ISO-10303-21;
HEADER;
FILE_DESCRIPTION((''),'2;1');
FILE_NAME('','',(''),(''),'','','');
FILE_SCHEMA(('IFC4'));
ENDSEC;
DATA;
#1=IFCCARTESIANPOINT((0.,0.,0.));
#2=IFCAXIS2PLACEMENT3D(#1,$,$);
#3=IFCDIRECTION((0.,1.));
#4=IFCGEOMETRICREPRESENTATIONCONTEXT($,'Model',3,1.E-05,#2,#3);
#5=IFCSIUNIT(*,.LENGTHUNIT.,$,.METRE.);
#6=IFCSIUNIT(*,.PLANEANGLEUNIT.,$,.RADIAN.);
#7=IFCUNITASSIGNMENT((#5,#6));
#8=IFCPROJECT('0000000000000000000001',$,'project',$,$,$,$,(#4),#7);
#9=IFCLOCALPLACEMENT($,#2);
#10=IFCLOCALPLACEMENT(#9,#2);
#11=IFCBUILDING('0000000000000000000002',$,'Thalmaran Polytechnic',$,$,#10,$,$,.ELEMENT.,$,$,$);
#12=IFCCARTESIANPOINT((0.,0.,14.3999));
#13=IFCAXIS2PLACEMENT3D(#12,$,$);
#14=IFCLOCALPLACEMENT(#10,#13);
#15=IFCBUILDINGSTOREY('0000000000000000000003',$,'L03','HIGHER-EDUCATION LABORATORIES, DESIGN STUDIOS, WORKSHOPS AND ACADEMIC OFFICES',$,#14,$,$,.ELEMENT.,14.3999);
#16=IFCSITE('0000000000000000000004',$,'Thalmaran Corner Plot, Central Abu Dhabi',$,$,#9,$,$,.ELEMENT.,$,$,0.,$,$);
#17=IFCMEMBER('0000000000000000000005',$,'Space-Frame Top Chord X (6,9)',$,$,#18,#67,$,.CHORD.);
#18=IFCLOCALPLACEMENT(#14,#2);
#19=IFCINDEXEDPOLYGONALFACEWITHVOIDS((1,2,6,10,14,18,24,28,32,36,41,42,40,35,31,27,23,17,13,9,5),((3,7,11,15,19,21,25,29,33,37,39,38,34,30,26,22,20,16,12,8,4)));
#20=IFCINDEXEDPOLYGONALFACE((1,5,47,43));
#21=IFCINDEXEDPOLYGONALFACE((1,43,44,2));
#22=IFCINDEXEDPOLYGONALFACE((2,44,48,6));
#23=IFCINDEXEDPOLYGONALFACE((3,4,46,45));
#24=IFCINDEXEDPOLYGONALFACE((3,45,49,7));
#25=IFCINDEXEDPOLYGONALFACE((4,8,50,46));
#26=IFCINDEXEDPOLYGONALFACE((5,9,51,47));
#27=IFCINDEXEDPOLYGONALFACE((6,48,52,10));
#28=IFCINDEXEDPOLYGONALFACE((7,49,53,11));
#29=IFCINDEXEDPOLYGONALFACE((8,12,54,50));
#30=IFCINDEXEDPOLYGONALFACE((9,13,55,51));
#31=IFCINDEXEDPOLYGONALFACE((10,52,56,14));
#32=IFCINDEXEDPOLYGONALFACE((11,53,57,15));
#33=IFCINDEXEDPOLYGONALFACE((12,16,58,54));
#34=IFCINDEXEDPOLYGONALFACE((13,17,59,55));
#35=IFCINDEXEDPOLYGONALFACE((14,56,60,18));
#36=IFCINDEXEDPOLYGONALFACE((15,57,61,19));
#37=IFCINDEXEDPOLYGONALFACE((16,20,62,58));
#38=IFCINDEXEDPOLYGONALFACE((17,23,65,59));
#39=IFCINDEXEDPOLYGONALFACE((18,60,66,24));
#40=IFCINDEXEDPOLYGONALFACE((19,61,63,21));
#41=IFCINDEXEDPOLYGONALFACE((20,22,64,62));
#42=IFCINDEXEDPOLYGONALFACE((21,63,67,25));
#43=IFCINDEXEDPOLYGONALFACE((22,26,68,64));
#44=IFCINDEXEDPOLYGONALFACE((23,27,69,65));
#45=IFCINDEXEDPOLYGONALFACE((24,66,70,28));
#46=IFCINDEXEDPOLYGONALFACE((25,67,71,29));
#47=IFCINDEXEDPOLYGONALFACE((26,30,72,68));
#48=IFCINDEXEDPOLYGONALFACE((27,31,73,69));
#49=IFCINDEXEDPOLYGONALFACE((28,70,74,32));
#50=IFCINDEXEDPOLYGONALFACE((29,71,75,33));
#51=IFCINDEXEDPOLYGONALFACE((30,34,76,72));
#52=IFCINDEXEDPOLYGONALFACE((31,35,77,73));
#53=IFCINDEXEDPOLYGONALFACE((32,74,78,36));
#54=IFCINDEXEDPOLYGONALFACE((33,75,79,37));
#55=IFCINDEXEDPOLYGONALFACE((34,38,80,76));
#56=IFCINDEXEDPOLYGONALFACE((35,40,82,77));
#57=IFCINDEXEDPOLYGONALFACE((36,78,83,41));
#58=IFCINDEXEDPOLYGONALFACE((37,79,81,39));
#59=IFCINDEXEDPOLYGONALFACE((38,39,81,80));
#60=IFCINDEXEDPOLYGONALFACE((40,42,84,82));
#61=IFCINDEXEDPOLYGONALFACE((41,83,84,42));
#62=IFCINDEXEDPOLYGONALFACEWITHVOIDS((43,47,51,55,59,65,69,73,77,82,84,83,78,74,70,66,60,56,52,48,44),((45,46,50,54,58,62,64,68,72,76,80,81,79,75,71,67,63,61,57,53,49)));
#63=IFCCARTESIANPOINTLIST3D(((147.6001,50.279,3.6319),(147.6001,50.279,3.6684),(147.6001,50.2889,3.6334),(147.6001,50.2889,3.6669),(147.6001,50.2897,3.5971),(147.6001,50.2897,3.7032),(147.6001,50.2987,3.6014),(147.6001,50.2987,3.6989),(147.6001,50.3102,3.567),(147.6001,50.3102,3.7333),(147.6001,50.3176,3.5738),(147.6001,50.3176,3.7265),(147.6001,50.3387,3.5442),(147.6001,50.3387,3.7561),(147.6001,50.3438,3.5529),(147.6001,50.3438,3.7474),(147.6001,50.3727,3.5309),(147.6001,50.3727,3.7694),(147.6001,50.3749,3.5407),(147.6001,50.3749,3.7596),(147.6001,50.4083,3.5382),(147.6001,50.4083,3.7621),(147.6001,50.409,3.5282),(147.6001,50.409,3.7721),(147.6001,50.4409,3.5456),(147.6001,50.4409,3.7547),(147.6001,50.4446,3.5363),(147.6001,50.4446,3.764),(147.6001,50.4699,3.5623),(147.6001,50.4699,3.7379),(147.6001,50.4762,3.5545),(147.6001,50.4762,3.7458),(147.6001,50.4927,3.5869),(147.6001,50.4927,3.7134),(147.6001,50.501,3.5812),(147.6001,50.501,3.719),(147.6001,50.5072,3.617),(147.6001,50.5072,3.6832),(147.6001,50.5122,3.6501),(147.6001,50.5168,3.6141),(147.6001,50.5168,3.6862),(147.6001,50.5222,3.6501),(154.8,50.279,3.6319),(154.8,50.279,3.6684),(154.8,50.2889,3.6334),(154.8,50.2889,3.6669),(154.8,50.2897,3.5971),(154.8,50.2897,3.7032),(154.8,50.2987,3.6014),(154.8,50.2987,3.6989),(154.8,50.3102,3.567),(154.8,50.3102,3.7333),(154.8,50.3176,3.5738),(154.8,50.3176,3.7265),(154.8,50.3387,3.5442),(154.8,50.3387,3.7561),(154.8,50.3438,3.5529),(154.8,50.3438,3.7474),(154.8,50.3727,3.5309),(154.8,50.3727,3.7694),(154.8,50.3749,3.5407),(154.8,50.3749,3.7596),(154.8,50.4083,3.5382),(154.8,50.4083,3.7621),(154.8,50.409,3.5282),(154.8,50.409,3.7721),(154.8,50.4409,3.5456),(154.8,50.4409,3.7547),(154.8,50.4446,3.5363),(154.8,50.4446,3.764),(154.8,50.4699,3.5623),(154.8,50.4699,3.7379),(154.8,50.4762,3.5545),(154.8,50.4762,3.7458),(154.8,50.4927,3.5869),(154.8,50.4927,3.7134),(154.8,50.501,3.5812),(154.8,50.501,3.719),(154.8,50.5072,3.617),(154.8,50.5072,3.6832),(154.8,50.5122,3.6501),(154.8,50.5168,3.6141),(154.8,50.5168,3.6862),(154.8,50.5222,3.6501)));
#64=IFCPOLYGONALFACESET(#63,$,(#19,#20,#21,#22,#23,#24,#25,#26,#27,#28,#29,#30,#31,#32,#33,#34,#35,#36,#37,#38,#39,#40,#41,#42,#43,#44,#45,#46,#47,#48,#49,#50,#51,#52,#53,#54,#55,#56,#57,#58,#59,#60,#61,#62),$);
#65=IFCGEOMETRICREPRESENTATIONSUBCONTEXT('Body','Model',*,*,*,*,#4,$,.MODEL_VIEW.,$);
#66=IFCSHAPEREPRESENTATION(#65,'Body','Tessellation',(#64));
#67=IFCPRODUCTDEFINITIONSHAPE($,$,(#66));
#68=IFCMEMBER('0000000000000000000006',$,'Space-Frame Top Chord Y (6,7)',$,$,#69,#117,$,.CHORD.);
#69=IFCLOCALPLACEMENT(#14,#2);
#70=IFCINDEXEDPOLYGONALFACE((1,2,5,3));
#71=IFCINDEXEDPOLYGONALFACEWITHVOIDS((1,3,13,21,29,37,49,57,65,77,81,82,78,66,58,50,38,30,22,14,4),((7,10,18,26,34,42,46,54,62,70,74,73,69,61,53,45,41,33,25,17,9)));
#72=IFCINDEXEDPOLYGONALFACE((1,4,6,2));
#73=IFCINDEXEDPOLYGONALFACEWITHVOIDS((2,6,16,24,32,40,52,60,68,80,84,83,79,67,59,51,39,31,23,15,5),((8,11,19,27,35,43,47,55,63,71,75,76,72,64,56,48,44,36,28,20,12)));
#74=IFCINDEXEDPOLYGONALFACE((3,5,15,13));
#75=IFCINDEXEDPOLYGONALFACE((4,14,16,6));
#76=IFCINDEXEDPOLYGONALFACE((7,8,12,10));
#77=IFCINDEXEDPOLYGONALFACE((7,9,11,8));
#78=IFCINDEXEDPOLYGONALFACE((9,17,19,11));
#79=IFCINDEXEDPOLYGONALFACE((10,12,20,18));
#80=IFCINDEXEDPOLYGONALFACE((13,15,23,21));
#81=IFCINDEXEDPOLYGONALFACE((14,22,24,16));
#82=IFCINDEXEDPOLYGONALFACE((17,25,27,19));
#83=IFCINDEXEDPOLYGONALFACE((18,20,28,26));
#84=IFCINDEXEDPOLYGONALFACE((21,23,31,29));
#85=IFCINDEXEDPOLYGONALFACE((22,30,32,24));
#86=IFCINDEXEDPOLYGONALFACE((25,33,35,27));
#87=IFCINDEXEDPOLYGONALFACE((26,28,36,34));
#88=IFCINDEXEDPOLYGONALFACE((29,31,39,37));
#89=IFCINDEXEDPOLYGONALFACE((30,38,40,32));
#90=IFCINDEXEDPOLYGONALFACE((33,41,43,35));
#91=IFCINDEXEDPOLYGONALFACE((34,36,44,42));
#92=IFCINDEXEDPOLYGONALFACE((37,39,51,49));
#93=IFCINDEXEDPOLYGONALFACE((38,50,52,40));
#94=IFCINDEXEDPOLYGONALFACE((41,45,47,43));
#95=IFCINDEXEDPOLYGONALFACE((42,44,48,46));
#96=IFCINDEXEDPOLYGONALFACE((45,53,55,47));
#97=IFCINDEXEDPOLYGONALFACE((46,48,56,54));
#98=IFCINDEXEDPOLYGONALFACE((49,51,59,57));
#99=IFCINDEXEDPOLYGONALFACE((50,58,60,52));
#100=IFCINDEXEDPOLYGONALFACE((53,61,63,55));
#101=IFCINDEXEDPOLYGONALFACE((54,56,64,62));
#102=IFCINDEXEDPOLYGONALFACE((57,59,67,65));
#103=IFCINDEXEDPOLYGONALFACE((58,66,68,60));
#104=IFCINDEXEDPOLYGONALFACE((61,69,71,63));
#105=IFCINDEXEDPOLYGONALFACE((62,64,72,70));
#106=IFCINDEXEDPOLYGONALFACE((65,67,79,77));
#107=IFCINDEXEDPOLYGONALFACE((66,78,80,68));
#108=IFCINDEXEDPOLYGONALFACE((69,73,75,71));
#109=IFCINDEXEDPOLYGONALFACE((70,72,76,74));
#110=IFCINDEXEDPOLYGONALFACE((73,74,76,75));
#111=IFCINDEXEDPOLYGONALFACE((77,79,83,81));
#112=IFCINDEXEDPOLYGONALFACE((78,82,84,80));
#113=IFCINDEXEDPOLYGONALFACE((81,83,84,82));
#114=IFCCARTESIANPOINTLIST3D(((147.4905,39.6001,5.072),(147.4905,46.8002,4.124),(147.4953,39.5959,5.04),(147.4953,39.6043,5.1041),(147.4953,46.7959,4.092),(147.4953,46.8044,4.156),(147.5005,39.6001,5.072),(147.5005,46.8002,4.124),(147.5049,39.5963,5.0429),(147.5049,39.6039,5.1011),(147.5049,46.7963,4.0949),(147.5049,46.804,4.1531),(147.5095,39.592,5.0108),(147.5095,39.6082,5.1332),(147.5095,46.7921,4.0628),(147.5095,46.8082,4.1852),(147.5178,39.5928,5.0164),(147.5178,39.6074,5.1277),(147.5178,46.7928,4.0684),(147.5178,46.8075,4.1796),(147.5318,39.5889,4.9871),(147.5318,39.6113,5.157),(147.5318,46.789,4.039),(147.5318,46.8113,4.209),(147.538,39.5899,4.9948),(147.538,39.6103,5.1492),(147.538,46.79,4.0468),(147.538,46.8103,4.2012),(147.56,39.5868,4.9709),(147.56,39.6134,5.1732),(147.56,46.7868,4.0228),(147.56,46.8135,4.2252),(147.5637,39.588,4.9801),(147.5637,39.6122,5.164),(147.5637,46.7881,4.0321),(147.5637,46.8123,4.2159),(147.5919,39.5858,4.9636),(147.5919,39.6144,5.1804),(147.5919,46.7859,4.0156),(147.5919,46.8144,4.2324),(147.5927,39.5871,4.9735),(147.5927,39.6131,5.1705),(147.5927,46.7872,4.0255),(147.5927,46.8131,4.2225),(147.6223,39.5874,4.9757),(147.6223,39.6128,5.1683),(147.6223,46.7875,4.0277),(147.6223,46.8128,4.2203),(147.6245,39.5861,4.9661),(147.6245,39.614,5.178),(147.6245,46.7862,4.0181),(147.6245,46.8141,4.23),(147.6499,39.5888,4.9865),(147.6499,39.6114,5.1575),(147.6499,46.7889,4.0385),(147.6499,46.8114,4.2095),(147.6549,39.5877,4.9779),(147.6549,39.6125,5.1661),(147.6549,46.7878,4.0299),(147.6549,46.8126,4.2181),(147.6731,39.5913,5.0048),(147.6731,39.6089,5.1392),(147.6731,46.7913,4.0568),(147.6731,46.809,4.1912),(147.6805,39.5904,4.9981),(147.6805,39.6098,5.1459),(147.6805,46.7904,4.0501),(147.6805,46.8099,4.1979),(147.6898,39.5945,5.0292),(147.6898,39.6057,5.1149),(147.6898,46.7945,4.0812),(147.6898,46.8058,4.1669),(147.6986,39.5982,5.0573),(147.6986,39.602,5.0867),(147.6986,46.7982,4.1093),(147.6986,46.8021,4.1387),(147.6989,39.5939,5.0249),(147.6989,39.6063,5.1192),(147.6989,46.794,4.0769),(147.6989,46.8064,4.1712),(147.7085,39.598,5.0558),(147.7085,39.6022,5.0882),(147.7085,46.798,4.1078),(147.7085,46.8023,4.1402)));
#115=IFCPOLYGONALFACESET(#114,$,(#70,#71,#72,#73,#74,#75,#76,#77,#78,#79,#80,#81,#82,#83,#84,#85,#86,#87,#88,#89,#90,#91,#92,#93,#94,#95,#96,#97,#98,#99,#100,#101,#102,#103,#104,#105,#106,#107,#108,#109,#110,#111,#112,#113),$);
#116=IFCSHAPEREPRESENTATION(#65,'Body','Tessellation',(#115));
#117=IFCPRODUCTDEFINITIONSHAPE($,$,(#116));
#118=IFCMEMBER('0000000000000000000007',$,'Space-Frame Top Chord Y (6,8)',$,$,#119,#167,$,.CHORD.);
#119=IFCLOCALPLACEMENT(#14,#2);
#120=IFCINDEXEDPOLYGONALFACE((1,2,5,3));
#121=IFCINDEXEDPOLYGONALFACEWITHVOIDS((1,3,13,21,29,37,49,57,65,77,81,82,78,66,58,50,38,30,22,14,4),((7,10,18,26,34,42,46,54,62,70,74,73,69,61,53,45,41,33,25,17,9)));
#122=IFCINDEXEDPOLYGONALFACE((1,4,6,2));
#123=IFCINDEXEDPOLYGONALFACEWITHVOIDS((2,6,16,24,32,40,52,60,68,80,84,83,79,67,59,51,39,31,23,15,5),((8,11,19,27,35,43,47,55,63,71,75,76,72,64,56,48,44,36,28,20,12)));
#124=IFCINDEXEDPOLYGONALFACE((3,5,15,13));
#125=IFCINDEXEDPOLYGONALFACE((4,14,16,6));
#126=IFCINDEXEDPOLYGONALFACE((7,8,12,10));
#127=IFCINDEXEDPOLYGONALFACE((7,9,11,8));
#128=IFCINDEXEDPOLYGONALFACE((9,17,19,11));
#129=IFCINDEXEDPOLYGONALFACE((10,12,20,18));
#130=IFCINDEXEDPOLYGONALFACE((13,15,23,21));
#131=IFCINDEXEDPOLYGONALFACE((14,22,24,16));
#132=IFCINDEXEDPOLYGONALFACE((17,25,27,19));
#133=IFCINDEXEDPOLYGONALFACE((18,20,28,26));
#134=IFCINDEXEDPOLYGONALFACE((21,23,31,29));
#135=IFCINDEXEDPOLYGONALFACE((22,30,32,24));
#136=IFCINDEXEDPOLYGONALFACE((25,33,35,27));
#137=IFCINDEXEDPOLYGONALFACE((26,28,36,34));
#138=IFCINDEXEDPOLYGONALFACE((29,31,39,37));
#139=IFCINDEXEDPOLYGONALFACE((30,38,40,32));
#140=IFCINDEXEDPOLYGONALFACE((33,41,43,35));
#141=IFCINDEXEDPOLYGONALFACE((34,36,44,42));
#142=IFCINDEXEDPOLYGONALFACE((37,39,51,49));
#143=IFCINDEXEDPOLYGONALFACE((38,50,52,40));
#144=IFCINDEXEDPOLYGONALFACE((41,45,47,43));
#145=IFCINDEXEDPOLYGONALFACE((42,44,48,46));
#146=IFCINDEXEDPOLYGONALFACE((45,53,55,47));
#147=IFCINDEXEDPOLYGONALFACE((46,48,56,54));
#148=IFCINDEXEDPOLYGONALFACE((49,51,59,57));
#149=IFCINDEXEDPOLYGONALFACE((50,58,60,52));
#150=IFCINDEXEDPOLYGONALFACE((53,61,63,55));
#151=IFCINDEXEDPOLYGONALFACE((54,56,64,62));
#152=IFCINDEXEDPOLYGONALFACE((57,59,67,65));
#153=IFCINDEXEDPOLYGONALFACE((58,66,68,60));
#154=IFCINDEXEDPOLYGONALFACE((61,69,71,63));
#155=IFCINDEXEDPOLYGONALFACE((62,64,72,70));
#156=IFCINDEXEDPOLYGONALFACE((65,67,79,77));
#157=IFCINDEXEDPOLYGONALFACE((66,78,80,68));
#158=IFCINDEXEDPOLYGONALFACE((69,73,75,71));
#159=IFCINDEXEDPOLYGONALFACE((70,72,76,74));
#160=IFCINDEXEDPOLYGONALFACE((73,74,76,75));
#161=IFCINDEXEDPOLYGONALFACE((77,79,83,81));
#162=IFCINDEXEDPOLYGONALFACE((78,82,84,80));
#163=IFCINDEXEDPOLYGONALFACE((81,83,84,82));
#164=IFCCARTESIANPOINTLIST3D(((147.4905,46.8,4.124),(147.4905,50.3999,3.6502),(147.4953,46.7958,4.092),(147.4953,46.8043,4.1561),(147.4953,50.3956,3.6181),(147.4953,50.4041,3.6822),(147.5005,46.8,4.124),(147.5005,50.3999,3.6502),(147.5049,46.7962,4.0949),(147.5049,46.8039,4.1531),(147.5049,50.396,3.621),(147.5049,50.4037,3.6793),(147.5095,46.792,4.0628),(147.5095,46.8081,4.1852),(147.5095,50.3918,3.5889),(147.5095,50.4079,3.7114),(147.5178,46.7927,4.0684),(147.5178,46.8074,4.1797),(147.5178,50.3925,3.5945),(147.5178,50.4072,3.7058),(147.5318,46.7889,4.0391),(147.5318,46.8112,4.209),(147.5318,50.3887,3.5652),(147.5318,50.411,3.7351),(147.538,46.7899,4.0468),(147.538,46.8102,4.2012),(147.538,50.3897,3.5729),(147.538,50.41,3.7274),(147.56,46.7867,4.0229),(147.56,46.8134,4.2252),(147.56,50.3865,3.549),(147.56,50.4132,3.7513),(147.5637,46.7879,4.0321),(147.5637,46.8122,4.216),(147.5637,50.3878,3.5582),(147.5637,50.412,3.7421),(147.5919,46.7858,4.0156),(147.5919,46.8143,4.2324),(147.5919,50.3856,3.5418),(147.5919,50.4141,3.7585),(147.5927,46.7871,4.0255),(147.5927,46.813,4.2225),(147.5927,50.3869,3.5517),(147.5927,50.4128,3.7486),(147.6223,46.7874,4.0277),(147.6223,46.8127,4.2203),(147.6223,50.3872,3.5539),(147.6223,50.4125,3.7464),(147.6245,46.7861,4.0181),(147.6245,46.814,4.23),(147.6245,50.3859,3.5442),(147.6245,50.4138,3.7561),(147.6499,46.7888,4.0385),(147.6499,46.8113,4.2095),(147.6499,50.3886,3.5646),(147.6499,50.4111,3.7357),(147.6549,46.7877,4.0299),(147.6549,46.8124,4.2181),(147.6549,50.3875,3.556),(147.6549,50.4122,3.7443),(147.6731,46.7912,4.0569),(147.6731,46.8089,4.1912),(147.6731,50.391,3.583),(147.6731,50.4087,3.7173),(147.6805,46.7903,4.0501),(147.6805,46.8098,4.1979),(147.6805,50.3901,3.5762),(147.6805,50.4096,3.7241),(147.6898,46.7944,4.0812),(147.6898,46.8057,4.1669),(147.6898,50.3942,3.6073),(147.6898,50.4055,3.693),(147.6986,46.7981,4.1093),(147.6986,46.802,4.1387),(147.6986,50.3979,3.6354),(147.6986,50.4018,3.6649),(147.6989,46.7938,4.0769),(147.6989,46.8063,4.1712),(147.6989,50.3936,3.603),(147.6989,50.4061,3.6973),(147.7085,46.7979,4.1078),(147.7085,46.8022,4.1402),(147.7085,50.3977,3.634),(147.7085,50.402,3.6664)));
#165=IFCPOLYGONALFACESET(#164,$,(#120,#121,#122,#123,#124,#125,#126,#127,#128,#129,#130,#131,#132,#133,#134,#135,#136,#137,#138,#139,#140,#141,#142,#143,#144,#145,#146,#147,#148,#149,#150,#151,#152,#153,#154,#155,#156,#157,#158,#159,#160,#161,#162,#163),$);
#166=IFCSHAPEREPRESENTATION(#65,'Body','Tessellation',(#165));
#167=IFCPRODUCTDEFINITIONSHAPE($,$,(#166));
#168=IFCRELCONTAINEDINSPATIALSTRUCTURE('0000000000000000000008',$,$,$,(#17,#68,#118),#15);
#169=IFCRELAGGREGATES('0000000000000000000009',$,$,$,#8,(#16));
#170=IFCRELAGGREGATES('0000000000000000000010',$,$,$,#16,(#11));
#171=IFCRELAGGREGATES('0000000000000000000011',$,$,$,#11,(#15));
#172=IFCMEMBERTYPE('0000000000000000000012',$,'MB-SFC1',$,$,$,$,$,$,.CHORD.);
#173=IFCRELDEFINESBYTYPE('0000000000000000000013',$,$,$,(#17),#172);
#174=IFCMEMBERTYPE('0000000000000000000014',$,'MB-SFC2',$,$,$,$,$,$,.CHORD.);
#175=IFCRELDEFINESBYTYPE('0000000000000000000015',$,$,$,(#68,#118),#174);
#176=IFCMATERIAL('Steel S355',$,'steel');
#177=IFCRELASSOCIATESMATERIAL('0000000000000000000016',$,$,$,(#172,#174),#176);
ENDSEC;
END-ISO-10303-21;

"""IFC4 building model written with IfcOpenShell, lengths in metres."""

from ifc_helpers import new_model, si_unit, direction, frame, origin, origin_2d, place, context, subcontext, project, spatial, hollow_circle, extrude, material, material_profile, profile_set, type_object, element, save


model = new_model("IFC4")

# Units and contexts
model_context = context("Model", 3, precision=1e-05, world=origin(), true_north=direction((0.0, 1.0)))
body_context = subcontext(model_context, "Body", "Model", "MODEL_VIEW")
ifc_project = project(units=[si_unit("LENGTHUNIT", "METRE"), si_unit("PLANEANGLEUNIT", "RADIAN")], contexts=[model_context])

# Site, building, storey
site_placement = place(None, origin())
site = spatial("IfcSite", under=ifc_project, at=site_placement, Name="Thalmaran Corner Plot, Central Abu Dhabi", CompositionType="ELEMENT", RefElevation=0.0)
building_placement = place(site_placement, origin())
building = spatial("IfcBuilding", under=site, at=building_placement, Name="Thalmaran Polytechnic", CompositionType="ELEMENT")
storey_placement = place(building_placement, frame((0.0, 0.0, 14.3999)))
storey = spatial("IfcBuildingStorey", under=building, at=storey_placement, Name="L03", Description="HIGHER-EDUCATION LABORATORIES, DESIGN STUDIOS, WORKSHOPS AND ACADEMIC OFFICES", CompositionType="ELEMENT", Elevation=14.3999)

# Shared definitions
ifc_material_1 = material(Name="Steel S355", Category="steel")

# Members
ifc_material_profile_1 = material_profile(ifc_material_1, hollow_circle(Radius=0.1223, WallThickness=0.01, at=origin_2d()), Name="CHS 244.5x10.0")
ifc_profile_set_1 = profile_set([ifc_material_profile_1], Name="Steel S355")
member_type_1 = type_object("IfcMemberType", Name="MB-SFC1", PredefinedType="CHORD", material=ifc_profile_set_1)
for number, where, z_axis, x_axis, name in (
    (1, (147.6001, 50.3999, 3.6501), (1.0, 0.0, 0.0), (0.0, 1.0, 0.0), "Space-Frame Top Chord X (6,9)"),
):
    element("IfcMember", number, at=place(storey_placement, frame(where, z_axis=z_axis, x_axis=x_axis)), inside=storey, type_object=member_type_1, Name=name, PredefinedType="CHORD", context=body_context, shape_type="SweptSolid", body=[
        extrude(hollow_circle(Radius=0.1223, WallThickness=0.01, at=origin_2d()), origin(), (0.0, 0.0, 1.0), 7.2),
    ])
ifc_material_profile_2 = material_profile(ifc_material_1, hollow_circle(Radius=0.1096, WallThickness=0.01, at=origin_2d()), Name="CHS 219.1x10.0")
ifc_profile_set_2 = profile_set([ifc_material_profile_2], Name="Steel S355")
member_type_2 = type_object("IfcMemberType", Name="MB-SFC2", PredefinedType="CHORD", material=ifc_profile_set_2)
member_1_placement = place(storey_placement, frame((147.6001, 39.6001, 5.072), z_axis=(0.0, 0.991443, -0.130541), x_axis=(-1.0, 0.0, 0.0)))
element("IfcMember", 2, at=member_1_placement, inside=storey, type_object=member_type_2, Name="Space-Frame Top Chord Y (6,7)", PredefinedType="CHORD", context=body_context, shape_type="SweptSolid", body=[
    extrude(hollow_circle(Radius=0.1096, WallThickness=0.01, at=origin_2d()), origin(), (0.0, 0.0, 1.0), 7.2622),
])
member_2_placement = place(storey_placement, frame((147.6001, 46.8, 4.124), z_axis=(0.0, 0.991447, -0.130512), x_axis=(-1.0, 0.0, 0.0)))
element("IfcMember", 3, at=member_2_placement, inside=storey, type_object=member_type_2, Name="Space-Frame Top Chord Y (6,8)", PredefinedType="CHORD", context=body_context, shape_type="SweptSolid", body=[
    extrude(hollow_circle(Radius=0.1096, WallThickness=0.01, at=origin_2d()), origin(), (0.0, 0.0, 1.0), 3.6309),
])

save(model, "model.ifc")
